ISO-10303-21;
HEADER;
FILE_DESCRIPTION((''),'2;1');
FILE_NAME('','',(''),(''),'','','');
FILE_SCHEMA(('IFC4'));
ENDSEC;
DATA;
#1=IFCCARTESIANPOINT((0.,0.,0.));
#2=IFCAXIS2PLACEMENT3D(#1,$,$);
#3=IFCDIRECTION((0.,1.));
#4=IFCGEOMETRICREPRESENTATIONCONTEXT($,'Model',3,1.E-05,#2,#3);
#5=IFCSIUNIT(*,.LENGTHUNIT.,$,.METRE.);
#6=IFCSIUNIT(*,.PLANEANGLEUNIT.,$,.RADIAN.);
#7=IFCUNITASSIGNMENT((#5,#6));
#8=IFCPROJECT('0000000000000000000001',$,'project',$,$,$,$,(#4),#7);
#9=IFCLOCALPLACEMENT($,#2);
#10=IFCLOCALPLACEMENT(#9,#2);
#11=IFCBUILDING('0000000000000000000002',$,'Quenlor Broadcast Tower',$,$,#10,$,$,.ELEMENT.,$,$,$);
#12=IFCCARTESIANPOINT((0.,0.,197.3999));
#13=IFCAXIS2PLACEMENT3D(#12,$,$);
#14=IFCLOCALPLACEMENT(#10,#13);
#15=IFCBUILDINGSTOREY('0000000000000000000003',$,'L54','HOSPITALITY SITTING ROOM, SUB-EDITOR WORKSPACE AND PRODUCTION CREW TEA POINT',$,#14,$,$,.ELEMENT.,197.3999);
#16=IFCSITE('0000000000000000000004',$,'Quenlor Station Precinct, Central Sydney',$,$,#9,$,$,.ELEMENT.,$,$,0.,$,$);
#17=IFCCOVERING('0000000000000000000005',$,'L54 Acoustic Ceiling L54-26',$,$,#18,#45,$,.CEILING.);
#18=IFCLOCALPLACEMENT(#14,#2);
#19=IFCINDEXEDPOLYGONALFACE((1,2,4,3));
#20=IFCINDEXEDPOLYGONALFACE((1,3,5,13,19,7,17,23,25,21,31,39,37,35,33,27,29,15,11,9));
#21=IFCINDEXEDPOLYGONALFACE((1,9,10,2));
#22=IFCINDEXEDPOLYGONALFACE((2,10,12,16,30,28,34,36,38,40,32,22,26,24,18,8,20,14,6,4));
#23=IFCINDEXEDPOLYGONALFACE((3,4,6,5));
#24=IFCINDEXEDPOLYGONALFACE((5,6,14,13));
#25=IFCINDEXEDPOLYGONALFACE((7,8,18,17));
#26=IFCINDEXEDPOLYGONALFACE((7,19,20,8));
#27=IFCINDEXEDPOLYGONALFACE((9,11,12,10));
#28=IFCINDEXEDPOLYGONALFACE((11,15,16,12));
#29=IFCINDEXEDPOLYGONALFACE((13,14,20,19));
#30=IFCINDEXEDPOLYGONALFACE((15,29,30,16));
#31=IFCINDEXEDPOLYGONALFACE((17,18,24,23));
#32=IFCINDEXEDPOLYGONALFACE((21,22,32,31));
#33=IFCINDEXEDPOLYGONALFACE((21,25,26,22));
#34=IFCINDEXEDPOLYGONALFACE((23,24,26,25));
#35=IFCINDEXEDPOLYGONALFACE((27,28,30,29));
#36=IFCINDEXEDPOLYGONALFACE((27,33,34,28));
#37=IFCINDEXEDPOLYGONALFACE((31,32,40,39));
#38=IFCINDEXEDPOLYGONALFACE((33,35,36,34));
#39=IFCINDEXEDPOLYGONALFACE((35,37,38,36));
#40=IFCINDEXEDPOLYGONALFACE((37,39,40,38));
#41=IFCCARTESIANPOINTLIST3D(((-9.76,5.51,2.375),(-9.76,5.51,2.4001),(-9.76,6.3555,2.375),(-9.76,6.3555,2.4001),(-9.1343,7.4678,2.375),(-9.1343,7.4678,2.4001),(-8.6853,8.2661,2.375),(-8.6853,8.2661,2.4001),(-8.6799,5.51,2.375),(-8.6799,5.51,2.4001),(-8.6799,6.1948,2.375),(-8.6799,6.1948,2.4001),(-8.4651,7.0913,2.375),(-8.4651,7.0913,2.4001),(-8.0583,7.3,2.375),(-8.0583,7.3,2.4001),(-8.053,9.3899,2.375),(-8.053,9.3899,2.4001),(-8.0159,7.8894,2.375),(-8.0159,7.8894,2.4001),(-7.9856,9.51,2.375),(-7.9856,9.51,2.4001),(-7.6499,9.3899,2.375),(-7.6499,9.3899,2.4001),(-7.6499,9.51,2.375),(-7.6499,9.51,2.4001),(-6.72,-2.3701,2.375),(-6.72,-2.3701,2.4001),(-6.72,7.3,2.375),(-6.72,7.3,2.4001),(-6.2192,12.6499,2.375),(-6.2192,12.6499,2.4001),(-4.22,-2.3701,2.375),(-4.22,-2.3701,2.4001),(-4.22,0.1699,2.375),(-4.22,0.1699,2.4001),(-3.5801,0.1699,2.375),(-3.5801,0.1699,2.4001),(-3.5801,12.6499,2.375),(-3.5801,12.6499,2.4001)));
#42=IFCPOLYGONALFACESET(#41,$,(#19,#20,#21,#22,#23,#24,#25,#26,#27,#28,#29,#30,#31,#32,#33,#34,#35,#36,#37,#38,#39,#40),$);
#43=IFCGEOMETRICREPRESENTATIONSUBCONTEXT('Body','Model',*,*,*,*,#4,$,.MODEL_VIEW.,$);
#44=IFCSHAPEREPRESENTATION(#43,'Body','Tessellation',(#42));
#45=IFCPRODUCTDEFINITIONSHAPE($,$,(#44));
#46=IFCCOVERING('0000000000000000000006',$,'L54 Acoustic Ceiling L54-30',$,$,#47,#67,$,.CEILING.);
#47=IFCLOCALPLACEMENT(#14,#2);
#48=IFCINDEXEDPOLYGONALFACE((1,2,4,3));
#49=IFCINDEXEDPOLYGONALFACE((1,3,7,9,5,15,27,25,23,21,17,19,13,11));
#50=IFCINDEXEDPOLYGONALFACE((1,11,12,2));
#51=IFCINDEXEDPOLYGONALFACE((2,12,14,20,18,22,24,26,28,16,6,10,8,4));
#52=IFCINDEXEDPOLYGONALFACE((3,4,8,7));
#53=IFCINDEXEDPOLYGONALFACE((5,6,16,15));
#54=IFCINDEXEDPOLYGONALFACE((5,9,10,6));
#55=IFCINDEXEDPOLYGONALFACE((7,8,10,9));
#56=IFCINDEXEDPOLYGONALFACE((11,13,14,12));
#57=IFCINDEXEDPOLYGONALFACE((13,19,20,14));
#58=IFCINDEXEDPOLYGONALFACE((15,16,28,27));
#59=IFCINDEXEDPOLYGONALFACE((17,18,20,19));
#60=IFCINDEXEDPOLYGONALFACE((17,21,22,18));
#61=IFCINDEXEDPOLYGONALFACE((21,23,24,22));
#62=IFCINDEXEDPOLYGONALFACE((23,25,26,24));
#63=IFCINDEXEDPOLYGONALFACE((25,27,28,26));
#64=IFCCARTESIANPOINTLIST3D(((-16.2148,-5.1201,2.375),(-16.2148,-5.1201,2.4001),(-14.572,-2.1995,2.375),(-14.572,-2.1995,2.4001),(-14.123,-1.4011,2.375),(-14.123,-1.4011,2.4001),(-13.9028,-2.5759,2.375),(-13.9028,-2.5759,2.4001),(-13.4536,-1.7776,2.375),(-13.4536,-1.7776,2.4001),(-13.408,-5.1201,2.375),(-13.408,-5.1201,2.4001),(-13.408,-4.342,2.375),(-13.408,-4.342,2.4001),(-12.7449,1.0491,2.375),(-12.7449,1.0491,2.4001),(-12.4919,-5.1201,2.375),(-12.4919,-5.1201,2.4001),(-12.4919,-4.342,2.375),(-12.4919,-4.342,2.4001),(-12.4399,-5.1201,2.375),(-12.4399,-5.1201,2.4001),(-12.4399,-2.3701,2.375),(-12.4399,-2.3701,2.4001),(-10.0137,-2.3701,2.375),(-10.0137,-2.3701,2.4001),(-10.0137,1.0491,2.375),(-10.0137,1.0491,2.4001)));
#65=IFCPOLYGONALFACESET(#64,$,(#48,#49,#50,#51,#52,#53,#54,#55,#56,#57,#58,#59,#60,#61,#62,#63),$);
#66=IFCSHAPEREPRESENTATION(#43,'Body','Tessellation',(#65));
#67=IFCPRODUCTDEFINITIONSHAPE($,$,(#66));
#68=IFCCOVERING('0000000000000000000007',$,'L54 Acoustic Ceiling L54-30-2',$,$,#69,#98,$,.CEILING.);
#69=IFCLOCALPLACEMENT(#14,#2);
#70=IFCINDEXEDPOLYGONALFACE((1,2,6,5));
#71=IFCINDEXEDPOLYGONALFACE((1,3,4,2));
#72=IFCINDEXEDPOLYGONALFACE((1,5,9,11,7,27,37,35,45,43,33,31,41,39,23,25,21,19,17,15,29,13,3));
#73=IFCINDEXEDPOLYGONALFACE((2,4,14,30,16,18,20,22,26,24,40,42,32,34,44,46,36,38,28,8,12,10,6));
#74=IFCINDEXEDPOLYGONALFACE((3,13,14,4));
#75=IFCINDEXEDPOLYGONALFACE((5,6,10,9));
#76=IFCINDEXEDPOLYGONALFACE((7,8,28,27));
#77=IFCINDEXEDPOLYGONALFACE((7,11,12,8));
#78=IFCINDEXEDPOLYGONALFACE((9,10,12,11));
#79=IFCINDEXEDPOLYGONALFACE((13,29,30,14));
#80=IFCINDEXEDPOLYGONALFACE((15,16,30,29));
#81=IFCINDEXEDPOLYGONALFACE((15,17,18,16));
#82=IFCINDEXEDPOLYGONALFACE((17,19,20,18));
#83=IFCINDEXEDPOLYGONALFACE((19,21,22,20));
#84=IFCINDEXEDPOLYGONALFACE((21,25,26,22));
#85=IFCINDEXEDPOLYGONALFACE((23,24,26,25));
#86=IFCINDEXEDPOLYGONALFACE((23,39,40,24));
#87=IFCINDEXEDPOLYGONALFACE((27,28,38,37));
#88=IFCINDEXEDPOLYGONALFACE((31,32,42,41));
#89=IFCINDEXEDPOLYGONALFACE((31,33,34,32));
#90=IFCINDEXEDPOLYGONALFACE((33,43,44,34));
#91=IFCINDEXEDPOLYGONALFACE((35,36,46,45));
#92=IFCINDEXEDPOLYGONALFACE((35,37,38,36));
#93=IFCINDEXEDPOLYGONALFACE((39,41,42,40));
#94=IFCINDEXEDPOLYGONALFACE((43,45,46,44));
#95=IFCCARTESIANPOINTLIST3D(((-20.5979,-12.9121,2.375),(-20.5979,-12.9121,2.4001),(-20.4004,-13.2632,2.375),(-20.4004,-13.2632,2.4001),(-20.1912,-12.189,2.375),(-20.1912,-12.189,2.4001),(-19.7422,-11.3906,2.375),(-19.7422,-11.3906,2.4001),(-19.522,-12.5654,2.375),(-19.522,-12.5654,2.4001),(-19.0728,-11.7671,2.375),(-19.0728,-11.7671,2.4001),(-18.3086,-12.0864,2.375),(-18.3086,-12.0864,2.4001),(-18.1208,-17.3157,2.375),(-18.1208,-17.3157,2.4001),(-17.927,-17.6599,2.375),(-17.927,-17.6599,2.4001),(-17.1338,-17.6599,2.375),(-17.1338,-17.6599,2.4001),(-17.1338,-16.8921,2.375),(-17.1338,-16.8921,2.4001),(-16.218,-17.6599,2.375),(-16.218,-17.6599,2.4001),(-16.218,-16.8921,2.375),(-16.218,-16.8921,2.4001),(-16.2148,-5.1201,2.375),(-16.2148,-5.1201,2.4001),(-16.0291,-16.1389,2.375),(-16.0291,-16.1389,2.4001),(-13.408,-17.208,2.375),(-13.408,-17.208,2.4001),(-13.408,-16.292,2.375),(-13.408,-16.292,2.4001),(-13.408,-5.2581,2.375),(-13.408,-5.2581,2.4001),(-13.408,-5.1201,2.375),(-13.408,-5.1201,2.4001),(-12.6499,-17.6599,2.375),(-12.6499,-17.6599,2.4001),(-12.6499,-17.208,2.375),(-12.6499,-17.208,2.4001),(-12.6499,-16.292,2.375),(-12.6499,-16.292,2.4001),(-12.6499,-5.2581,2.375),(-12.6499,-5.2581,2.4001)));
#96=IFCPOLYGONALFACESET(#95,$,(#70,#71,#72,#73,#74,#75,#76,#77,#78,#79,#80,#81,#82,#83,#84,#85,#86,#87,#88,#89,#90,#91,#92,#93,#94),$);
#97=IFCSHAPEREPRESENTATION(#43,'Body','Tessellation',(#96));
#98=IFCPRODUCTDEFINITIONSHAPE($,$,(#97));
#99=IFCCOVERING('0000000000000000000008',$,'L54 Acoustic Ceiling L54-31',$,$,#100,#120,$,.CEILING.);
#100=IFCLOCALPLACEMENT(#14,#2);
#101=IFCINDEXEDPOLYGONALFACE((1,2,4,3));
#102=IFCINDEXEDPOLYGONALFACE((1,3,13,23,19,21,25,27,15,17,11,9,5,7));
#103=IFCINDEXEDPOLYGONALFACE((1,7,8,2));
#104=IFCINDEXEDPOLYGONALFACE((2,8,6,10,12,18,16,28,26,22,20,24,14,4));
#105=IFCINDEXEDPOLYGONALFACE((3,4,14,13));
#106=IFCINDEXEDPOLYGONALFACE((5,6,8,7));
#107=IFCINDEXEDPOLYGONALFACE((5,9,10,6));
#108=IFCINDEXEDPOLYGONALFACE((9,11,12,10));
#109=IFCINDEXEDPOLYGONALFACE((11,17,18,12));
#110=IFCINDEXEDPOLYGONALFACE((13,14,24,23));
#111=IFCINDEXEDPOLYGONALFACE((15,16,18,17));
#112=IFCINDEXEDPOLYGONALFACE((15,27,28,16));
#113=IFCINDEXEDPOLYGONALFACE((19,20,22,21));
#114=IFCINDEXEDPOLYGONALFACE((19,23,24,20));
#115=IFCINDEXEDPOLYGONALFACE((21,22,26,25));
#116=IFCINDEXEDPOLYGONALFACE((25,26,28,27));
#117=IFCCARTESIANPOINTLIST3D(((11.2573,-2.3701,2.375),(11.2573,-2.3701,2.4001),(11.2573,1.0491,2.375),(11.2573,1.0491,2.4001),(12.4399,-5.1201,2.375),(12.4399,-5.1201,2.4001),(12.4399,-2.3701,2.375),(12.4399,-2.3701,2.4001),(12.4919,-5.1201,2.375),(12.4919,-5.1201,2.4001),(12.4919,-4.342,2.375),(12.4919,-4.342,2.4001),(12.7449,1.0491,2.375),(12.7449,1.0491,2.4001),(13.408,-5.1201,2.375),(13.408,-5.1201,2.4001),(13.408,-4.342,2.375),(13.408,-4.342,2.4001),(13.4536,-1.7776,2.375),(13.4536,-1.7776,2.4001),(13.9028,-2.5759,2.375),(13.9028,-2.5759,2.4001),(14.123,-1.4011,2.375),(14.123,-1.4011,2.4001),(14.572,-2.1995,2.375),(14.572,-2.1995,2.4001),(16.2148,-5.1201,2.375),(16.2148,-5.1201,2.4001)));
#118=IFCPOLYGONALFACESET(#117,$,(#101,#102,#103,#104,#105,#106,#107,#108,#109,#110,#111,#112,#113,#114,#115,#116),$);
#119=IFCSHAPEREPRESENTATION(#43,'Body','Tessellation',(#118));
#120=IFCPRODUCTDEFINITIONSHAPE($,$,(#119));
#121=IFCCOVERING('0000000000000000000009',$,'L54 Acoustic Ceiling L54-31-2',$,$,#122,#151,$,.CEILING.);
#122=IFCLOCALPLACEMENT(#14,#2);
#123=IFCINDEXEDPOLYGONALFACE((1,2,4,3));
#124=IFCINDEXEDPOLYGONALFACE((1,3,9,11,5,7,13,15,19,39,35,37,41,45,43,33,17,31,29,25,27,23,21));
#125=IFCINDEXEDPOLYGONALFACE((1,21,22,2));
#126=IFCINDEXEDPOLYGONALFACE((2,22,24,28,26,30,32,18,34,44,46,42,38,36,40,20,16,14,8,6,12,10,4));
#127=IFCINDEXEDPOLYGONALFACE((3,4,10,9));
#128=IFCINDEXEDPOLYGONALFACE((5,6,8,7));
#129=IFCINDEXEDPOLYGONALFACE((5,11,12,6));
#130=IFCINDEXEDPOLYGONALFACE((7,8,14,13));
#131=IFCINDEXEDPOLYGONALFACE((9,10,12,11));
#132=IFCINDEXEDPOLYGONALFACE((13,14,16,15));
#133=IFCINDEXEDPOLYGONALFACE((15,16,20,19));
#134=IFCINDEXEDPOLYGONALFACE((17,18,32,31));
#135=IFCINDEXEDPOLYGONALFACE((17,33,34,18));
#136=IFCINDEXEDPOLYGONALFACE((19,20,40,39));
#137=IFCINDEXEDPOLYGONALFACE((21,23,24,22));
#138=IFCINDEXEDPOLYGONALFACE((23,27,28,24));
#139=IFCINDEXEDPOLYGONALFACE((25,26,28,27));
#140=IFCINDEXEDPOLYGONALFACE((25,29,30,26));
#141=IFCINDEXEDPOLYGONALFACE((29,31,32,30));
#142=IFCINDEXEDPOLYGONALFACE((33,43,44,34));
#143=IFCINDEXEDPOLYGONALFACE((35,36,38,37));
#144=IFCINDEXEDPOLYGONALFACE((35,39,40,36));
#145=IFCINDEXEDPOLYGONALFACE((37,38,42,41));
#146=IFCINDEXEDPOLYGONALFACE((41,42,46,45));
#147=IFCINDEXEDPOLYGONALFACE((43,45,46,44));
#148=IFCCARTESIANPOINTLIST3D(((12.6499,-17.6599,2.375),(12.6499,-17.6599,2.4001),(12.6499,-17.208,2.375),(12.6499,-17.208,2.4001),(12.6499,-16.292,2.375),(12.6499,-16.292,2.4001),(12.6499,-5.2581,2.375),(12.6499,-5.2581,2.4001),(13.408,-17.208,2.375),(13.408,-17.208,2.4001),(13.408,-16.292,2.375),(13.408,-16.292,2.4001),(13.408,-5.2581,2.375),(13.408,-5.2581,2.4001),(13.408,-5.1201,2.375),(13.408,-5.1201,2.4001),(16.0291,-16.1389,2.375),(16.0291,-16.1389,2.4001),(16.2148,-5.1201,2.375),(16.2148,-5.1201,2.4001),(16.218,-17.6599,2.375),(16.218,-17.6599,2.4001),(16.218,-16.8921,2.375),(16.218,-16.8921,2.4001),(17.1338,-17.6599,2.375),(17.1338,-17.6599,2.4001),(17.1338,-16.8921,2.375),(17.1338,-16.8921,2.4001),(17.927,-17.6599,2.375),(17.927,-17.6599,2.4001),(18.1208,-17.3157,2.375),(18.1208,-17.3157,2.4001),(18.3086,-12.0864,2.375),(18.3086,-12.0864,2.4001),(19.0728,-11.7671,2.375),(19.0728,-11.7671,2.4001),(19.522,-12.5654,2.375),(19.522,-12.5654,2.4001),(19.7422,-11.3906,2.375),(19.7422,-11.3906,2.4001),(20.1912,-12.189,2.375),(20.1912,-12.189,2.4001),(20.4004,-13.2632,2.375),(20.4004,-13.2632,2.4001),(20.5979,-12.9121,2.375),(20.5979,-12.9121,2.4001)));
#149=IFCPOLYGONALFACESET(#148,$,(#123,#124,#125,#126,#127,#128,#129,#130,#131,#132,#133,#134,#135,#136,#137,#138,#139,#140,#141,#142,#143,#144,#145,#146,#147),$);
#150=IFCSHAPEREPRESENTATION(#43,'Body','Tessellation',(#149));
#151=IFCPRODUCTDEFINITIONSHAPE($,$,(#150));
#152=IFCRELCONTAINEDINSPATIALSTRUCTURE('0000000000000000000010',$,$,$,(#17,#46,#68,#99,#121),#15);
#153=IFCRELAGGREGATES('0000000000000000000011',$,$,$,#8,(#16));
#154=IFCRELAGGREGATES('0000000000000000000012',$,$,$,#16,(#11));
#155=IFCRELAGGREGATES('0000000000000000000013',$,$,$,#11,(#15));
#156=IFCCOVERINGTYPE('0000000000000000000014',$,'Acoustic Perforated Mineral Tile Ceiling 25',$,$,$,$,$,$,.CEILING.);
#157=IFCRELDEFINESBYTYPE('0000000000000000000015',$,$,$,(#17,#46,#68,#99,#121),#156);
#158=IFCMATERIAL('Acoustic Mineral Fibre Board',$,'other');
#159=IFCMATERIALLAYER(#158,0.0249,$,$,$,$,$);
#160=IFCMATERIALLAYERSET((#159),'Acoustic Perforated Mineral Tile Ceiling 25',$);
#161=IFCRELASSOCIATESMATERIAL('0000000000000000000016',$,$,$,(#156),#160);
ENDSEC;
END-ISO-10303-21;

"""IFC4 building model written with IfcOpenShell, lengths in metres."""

from ifc_helpers import new_model, si_unit, direction, frame, origin, place, context, subcontext, project, spatial, polyline, outline, extrude, material, layer, layer_set, type_object, element, save


model = new_model("IFC4")

# Units and contexts
model_context = context("Model", 3, precision=1e-05, world=origin(), true_north=direction((0.0, 1.0)))
body_context = subcontext(model_context, "Body", "Model", "MODEL_VIEW")
ifc_project = project(units=[si_unit("LENGTHUNIT", "METRE"), si_unit("PLANEANGLEUNIT", "RADIAN")], contexts=[model_context])

# Site, building, storey
site_placement = place(None, origin())
site = spatial("IfcSite", under=ifc_project, at=site_placement, Name="Quenlor Station Precinct, Central Sydney", CompositionType="ELEMENT", RefElevation=0.0)
building_placement = place(site_placement, origin())
building = spatial("IfcBuilding", under=site, at=building_placement, Name="Quenlor Broadcast Tower", CompositionType="ELEMENT")
storey_placement = place(building_placement, frame((0.0, 0.0, 197.3999)))
storey = spatial("IfcBuildingStorey", under=building, at=storey_placement, Name="L54", Description="HOSPITALITY SITTING ROOM, SUB-EDITOR WORKSPACE AND PRODUCTION CREW TEA POINT", CompositionType="ELEMENT", Elevation=197.3999)

# Coverings
ifc_material_1 = material(Name="Acoustic Mineral Fibre Board", Category="other")
ifc_layer_1 = layer(ifc_material_1, 0.0249)
ifc_layer_set_1 = layer_set([ifc_layer_1], Name="Acoustic Perforated Mineral Tile Ceiling 25")
covering_type = type_object("IfcCoveringType", Name="Acoustic Perforated Mineral Tile Ceiling 25", PredefinedType="CEILING", material=ifc_layer_set_1)
covering_1_placement = place(storey_placement, frame((0.0, 0.0, 2.375)))
element("IfcCovering", 1, at=covering_1_placement, inside=storey, type_object=covering_type, Name="L54 Acoustic Ceiling L54-26", PredefinedType="CEILING", context=body_context, shape_type="SweptSolid", body=[
    extrude(outline(polyline([(-7.9856, 9.51), (-6.2192, 12.6499), (-3.5801, 12.6499), (-3.5801, 0.1699), (-4.22, 0.1699), (-4.22, -2.3701), (-6.72, -2.3701), (-6.72, 7.3), (-8.0583, 7.3), (-8.6799, 6.1948), (-8.6799, 5.51), (-9.76, 5.51), (-9.76, 6.3555), (-9.1343, 7.4678), (-8.4651, 7.0913), (-8.0159, 7.8894), (-8.6853, 8.2661), (-8.053, 9.3899), (-7.6499, 9.3899), (-7.6499, 9.51), (-7.9856, 9.51)])), origin(), (0.0, 0.0, 1.0), 0.0251),
])
covering_2_placement = place(storey_placement, frame((0.0, 0.0, 2.375)))
element("IfcCovering", 2, at=covering_2_placement, inside=storey, type_object=covering_type, Name="L54 Acoustic Ceiling L54-30", PredefinedType="CEILING", context=body_context, shape_type="SweptSolid", body=[
    extrude(outline(polyline([(-12.4919, -4.342), (-13.408, -4.342), (-13.408, -5.1201), (-16.2148, -5.1201), (-14.572, -2.1995), (-13.9028, -2.5759), (-13.4536, -1.7776), (-14.123, -1.4011), (-12.7449, 1.0491), (-10.0137, 1.0491), (-10.0137, -2.3701), (-12.4399, -2.3701), (-12.4399, -5.1201), (-12.4919, -5.1201), (-12.4919, -4.342)])), origin(), (0.0, 0.0, 1.0), 0.0251),
])
covering_3_placement = place(storey_placement, frame((0.0, 0.0, 2.375)))
element("IfcCovering", 3, at=covering_3_placement, inside=storey, type_object=covering_type, Name="L54 Acoustic Ceiling L54-30-2", PredefinedType="CEILING", context=body_context, shape_type="SweptSolid", body=[
    extrude(outline(polyline([(-13.408, -5.2581), (-12.6499, -5.2581), (-12.6499, -16.292), (-13.408, -16.292), (-13.408, -17.208), (-12.6499, -17.208), (-12.6499, -17.6599), (-16.218, -17.6599), (-16.218, -16.8921), (-17.1338, -16.8921), (-17.1338, -17.6599), (-17.927, -17.6599), (-18.1208, -17.3157), (-16.0291, -16.1389), (-18.3086, -12.0864), (-20.4004, -13.2632), (-20.5979, -12.9121), (-20.1912, -12.189), (-19.522, -12.5654), (-19.0728, -11.7671), (-19.7422, -11.3906), (-16.2148, -5.1201), (-13.408, -5.1201), (-13.408, -5.2581)])), origin(), (0.0, 0.0, 1.0), 0.0251),
])
covering_4_placement = place(storey_placement, frame((0.0, 0.0, 2.375)))
element("IfcCovering", 4, at=covering_4_placement, inside=storey, type_object=covering_type, Name="L54 Acoustic Ceiling L54-31", PredefinedType="CEILING", context=body_context, shape_type="SweptSolid", body=[
    extrude(outline(polyline([(11.2573, -2.3701), (11.2573, 1.0491), (12.7449, 1.0491), (14.123, -1.4011), (13.4536, -1.7776), (13.9028, -2.5759), (14.572, -2.1995), (16.2148, -5.1201), (13.408, -5.1201), (13.408, -4.342), (12.4919, -4.342), (12.4919, -5.1201), (12.4399, -5.1201), (12.4399, -2.3701), (11.2573, -2.3701)])), origin(), (0.0, 0.0, 1.0), 0.0251),
])
covering_5_placement = place(storey_placement, frame((0.0, 0.0, 2.375)))
element("IfcCovering", 5, at=covering_5_placement, inside=storey, type_object=covering_type, Name="L54 Acoustic Ceiling L54-31-2", PredefinedType="CEILING", context=body_context, shape_type="SweptSolid", body=[
    extrude(outline(polyline([(19.7422, -11.3906), (19.0728, -11.7671), (19.522, -12.5654), (20.1912, -12.189), (20.5979, -12.9121), (20.4004, -13.2632), (18.3086, -12.0864), (16.0291, -16.1389), (18.1208, -17.3157), (17.927, -17.6599), (17.1338, -17.6599), (17.1338, -16.8921), (16.218, -16.8921), (16.218, -17.6599), (12.6499, -17.6599), (12.6499, -17.208), (13.408, -17.208), (13.408, -16.292), (12.6499, -16.292), (12.6499, -5.2581), (13.408, -5.2581), (13.408, -5.1201), (16.2148, -5.1201), (19.7422, -11.3906)])), origin(), (0.0, 0.0, 1.0), 0.0251),
])

save(model, "model.ifc")
